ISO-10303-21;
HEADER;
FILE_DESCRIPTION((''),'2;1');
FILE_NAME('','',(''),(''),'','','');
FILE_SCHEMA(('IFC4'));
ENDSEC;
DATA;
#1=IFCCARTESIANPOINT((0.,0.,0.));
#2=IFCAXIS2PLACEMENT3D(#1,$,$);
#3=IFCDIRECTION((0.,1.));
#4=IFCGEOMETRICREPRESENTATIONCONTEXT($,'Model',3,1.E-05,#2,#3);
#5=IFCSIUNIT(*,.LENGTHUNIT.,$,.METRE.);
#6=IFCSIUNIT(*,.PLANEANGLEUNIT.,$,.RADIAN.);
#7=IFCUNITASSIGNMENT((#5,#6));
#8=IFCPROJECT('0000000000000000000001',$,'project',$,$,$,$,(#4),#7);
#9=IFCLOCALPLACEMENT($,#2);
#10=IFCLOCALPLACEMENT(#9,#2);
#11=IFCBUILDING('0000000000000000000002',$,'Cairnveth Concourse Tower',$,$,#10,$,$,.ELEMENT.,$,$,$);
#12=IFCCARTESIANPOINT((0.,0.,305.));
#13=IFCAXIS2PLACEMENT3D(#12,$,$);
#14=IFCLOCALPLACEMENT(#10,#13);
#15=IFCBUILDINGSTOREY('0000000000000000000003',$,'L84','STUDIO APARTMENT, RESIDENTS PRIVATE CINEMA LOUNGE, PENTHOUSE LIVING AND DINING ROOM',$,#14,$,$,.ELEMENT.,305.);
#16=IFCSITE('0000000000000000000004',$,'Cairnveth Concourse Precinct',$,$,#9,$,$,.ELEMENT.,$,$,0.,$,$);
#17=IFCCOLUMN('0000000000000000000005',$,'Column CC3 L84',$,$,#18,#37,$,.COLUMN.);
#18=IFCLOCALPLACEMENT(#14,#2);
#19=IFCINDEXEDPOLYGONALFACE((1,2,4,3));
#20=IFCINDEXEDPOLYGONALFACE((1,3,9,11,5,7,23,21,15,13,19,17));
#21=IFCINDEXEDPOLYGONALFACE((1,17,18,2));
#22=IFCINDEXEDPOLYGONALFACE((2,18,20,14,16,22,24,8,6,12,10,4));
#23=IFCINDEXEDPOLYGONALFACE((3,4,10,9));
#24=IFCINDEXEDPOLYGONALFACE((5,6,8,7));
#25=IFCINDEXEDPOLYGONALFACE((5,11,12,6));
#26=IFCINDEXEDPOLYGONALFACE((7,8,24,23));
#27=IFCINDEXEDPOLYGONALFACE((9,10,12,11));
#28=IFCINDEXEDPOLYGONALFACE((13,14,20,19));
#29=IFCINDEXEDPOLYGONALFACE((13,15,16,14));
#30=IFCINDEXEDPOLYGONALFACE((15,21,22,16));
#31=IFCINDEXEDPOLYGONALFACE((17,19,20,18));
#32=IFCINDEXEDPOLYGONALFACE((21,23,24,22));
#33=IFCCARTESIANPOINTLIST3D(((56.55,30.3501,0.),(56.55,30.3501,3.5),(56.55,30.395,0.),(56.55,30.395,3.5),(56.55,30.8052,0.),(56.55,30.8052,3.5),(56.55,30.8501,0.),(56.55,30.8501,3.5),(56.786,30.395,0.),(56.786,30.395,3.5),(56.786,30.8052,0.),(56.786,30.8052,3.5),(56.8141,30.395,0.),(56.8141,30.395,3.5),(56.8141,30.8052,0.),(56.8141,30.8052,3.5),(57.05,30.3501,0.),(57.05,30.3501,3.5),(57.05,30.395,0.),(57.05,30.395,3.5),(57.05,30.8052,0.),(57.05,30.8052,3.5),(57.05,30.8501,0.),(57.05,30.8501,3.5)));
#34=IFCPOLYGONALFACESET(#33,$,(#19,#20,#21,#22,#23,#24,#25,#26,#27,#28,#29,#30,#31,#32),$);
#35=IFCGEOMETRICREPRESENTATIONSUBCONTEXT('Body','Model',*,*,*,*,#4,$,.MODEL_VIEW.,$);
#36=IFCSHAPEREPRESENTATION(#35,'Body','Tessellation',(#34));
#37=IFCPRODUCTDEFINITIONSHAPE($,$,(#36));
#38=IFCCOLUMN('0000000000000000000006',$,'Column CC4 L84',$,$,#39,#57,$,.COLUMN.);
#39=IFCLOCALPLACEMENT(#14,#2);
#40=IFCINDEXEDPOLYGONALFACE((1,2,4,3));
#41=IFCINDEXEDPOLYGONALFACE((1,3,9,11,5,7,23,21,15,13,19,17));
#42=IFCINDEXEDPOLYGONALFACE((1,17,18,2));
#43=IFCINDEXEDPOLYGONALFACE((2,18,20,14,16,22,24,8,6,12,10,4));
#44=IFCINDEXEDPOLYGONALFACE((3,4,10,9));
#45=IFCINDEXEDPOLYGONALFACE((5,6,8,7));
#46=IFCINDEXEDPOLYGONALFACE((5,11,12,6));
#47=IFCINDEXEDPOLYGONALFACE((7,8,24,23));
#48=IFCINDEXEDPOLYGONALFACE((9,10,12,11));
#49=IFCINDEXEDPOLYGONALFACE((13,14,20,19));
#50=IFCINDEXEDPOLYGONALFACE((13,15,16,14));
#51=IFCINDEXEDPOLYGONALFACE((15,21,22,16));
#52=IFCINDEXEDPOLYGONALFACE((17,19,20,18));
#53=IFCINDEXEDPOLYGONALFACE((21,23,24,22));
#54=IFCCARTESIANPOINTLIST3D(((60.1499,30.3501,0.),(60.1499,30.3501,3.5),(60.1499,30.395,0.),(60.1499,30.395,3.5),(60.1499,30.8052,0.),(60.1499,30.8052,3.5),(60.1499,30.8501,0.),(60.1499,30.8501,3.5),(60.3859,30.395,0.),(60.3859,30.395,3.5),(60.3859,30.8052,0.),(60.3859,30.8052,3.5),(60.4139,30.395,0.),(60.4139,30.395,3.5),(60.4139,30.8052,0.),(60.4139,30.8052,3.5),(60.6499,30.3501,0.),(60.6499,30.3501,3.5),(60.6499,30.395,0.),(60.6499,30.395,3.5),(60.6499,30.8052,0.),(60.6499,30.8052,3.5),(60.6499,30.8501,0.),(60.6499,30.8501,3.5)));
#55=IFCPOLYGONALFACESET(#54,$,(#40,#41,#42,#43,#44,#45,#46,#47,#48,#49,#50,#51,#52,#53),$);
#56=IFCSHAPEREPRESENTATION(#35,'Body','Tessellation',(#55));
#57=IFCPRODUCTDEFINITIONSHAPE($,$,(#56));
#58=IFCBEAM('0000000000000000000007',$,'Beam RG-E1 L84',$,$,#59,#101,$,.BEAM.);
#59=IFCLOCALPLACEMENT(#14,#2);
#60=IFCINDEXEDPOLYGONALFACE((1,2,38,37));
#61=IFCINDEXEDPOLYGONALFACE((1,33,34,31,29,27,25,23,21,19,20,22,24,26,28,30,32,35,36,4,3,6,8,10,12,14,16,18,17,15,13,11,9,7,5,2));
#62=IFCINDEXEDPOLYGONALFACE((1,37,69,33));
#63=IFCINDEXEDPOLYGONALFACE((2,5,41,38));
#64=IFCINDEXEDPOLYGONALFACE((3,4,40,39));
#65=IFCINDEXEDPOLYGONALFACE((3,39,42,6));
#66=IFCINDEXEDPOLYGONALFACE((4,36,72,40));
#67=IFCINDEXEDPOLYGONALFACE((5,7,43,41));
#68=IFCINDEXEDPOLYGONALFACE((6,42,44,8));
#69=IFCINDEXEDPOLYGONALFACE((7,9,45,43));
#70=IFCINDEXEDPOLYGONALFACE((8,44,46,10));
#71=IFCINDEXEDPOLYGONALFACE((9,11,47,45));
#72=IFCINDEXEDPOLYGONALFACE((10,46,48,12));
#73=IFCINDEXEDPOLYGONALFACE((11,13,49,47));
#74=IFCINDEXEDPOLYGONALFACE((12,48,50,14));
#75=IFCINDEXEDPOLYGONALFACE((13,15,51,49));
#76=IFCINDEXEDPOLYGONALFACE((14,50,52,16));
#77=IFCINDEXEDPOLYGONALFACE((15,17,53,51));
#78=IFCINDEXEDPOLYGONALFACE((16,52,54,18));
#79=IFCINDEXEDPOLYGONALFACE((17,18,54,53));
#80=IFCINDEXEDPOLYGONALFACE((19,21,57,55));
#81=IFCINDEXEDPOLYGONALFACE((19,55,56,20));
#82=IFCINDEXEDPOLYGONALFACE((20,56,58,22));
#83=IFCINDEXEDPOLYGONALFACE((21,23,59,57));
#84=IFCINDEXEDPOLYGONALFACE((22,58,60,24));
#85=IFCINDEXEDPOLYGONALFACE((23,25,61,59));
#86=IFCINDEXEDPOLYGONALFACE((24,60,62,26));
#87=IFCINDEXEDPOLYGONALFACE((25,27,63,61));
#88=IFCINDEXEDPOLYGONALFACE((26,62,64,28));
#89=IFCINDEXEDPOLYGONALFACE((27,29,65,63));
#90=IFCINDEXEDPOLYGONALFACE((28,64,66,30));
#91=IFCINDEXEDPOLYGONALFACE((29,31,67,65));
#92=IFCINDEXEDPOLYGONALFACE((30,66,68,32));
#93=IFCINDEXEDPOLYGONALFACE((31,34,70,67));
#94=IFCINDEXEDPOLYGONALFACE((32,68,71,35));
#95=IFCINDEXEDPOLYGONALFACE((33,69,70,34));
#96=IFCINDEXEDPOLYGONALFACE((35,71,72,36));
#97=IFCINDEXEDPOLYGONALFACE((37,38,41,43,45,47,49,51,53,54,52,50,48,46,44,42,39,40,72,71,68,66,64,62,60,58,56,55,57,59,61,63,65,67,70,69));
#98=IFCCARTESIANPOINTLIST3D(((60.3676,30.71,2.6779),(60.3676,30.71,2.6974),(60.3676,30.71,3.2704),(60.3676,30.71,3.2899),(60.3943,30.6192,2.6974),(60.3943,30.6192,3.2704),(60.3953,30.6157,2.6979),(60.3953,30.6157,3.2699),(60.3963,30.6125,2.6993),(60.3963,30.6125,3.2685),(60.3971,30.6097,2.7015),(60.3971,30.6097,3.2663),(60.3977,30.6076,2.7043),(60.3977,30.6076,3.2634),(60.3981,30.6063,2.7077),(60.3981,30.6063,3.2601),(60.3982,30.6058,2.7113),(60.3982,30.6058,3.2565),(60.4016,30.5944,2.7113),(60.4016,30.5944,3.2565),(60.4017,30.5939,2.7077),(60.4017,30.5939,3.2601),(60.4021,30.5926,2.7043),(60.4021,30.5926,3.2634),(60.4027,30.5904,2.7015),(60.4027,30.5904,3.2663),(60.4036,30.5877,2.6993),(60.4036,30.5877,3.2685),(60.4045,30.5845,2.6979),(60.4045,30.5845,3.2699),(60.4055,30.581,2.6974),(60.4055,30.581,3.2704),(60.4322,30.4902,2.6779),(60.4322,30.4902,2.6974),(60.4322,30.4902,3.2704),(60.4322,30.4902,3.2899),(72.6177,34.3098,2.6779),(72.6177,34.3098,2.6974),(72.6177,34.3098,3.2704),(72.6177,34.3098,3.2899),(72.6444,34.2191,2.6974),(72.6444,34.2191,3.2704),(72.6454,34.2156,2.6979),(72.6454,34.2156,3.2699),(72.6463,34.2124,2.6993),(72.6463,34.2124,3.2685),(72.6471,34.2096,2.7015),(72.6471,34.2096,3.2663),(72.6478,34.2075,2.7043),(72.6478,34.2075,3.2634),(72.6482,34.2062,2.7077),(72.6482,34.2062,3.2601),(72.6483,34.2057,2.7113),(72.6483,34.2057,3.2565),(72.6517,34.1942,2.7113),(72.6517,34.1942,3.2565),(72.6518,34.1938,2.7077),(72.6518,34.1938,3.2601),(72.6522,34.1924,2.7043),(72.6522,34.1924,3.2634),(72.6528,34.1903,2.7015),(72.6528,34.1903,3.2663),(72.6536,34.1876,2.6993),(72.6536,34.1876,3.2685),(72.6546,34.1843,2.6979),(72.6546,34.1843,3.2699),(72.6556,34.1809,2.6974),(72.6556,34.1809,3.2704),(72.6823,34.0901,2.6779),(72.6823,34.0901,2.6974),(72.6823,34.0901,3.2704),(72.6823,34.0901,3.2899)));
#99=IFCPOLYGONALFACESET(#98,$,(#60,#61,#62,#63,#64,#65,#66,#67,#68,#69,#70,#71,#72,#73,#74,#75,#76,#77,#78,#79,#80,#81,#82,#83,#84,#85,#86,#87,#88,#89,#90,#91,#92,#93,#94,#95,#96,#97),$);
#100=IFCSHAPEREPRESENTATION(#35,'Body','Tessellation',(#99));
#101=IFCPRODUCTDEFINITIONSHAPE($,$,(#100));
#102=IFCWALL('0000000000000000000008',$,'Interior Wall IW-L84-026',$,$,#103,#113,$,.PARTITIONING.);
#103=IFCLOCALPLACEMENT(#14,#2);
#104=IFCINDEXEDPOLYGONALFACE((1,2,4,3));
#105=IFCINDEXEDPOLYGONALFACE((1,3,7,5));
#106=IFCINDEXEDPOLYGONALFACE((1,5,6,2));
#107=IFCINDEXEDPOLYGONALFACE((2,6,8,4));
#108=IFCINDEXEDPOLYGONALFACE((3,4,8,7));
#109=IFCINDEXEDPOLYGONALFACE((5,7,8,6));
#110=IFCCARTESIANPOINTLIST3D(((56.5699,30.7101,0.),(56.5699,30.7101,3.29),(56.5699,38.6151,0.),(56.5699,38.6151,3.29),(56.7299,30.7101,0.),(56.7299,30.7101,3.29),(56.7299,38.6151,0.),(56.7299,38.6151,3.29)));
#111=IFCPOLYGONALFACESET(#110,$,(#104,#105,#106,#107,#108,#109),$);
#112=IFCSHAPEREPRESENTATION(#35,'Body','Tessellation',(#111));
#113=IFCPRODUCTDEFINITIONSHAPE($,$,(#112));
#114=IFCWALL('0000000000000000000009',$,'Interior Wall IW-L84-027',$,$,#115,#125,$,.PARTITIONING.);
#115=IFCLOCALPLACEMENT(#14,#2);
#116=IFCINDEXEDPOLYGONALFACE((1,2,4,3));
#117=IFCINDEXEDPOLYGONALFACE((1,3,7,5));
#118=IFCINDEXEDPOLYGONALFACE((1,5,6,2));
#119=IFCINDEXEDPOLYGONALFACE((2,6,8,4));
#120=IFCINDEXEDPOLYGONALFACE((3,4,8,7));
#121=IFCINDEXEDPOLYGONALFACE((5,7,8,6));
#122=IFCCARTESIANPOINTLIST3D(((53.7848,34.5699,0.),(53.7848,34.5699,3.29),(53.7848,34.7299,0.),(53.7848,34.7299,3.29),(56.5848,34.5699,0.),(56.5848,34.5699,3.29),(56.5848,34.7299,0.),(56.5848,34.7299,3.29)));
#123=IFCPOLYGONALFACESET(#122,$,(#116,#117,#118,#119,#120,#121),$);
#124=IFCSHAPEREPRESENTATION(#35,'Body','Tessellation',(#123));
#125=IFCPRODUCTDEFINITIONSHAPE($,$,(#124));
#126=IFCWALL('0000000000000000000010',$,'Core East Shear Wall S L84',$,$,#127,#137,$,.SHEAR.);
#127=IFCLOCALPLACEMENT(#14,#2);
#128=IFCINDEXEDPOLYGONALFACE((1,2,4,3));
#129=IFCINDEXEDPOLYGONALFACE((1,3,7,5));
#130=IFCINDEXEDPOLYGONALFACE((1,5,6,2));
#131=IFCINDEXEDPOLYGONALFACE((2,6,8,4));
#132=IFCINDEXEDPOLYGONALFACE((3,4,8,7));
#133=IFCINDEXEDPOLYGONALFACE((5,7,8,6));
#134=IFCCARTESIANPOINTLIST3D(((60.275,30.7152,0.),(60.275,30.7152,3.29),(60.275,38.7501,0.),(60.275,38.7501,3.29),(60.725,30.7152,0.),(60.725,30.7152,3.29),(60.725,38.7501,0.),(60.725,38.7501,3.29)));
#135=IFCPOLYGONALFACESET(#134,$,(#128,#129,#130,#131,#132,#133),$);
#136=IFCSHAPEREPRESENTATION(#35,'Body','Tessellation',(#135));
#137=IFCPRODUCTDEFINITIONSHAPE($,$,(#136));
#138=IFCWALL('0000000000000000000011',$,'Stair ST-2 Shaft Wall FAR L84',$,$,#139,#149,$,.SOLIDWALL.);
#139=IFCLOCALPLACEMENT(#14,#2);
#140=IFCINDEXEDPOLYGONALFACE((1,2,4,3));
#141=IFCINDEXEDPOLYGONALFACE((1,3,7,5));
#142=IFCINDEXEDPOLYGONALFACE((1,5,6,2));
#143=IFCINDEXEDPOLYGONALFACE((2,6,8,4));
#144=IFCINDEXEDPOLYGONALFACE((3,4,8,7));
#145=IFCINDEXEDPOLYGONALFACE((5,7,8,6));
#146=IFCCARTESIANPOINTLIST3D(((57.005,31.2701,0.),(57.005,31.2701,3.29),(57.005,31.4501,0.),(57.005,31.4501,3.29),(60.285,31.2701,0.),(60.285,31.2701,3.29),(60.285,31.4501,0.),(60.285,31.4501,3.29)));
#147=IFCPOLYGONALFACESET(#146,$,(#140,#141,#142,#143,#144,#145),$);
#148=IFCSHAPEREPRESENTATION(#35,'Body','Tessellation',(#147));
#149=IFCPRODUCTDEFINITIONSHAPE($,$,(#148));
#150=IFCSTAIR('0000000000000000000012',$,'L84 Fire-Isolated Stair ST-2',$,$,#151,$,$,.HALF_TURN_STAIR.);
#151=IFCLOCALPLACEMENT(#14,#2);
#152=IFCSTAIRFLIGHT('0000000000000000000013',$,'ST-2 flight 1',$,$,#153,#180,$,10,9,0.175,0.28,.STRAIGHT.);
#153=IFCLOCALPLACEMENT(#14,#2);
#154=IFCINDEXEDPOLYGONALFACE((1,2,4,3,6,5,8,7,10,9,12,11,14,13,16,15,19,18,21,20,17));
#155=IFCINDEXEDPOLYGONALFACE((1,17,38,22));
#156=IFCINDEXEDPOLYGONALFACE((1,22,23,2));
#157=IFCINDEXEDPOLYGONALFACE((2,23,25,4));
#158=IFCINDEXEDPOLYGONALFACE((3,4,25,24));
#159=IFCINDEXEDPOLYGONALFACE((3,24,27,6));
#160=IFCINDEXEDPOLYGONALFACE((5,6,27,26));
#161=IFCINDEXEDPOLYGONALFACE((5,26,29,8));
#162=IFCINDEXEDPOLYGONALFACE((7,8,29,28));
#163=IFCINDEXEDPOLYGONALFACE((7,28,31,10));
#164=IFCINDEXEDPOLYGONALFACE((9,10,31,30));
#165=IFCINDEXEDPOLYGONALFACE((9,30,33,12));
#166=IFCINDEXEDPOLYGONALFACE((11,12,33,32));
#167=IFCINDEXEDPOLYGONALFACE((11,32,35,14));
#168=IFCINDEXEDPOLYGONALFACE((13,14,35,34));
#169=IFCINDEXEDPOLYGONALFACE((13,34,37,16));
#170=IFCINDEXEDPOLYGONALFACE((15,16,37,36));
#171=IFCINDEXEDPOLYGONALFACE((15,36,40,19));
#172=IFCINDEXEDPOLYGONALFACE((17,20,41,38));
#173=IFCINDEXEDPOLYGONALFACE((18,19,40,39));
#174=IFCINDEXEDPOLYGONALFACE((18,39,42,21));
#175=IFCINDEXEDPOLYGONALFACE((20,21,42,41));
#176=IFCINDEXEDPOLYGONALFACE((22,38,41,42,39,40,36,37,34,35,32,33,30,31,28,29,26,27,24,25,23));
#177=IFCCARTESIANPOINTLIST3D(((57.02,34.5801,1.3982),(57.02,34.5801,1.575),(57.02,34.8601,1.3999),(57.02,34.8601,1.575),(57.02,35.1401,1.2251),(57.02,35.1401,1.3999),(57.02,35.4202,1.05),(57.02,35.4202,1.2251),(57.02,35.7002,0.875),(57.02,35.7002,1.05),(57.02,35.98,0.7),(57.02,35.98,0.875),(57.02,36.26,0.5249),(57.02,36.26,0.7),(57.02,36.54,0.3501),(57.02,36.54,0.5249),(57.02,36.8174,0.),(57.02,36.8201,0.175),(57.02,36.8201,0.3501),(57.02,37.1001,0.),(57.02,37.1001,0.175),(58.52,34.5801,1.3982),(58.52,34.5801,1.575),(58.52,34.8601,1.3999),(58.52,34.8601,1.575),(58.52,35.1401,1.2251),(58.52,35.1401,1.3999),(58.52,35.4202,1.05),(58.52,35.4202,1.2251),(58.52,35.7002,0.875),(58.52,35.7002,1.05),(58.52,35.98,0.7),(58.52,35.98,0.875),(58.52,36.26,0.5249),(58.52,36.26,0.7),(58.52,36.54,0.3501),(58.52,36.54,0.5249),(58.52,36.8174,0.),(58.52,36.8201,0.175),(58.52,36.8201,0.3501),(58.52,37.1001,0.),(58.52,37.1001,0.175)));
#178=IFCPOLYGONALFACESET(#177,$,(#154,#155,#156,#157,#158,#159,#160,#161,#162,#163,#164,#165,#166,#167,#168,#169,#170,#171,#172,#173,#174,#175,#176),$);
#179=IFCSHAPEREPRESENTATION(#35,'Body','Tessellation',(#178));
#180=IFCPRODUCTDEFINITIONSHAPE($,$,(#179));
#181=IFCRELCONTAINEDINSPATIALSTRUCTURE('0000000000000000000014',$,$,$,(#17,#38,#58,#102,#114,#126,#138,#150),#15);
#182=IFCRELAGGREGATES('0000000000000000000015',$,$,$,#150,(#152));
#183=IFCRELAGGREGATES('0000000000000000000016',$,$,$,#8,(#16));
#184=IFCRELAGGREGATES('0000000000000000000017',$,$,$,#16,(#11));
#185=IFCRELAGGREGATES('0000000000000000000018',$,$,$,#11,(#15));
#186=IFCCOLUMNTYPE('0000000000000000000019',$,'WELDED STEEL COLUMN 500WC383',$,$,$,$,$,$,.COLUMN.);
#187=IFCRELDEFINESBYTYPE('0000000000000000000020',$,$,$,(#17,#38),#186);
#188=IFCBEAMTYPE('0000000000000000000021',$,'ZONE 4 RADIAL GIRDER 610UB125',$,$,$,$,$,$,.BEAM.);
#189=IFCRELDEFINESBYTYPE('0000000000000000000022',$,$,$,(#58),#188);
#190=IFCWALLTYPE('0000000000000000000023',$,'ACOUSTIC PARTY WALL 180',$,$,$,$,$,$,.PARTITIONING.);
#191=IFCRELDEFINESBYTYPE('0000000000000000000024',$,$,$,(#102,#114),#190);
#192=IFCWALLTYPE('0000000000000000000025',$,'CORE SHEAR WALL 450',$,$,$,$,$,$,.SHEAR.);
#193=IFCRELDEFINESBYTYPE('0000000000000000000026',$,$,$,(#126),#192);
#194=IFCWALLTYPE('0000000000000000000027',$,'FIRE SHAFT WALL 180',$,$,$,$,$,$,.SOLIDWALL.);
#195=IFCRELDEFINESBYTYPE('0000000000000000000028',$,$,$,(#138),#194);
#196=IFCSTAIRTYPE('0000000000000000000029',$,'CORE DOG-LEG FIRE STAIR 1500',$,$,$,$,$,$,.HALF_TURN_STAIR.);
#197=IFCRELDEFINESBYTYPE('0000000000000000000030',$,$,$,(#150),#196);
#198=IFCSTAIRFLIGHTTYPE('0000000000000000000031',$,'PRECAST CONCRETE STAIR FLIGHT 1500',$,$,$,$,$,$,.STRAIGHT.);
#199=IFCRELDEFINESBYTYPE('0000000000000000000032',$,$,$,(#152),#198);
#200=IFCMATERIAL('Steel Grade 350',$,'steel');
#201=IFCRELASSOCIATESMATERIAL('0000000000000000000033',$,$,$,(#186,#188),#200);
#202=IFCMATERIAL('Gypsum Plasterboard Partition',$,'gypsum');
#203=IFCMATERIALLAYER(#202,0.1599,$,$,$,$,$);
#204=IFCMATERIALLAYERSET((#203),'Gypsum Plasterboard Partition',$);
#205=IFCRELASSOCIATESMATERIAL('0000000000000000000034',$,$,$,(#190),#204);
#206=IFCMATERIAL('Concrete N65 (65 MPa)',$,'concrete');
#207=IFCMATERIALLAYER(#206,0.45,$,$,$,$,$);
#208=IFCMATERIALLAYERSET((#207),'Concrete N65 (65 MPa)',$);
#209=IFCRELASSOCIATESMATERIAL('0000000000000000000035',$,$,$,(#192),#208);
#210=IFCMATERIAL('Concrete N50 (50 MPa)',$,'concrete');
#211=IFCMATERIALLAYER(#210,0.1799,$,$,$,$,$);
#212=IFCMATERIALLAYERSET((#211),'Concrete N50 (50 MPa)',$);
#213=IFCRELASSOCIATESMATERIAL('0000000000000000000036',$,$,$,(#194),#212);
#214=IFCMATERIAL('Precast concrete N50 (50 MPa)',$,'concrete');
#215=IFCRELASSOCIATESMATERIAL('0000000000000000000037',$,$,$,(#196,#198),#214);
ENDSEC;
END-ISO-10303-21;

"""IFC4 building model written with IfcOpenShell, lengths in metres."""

from ifc_helpers import new_model, si_unit, direction, frame, frame_2d, origin, origin_2d, place, context, subcontext, project, spatial, polyline, rectangle, i_section, outline, extrude, material, layer, layer_set, material_profile, profile_set, type_object, element, aggregate, save


model = new_model("IFC4")

# Units and contexts
model_context = context("Model", 3, precision=1e-05, world=origin(), true_north=direction((0.0, 1.0)))
body_context = subcontext(model_context, "Body", "Model", "MODEL_VIEW")
ifc_project = project(units=[si_unit("LENGTHUNIT", "METRE"), si_unit("PLANEANGLEUNIT", "RADIAN")], contexts=[model_context])

# Site, building, storey
site_placement = place(None, origin())
site = spatial("IfcSite", under=ifc_project, at=site_placement, Name="Cairnveth Concourse Precinct", CompositionType="ELEMENT", RefElevation=0.0)
building_placement = place(site_placement, origin())
building = spatial("IfcBuilding", under=site, at=building_placement, Name="Cairnveth Concourse Tower", CompositionType="ELEMENT")
storey_placement = place(building_placement, frame((0.0, 0.0, 305.0)))
storey = spatial("IfcBuildingStorey", under=building, at=storey_placement, Name="L84", Description="STUDIO APARTMENT, RESIDENTS PRIVATE CINEMA LOUNGE, PENTHOUSE LIVING AND DINING ROOM", CompositionType="ELEMENT", Elevation=305.0)

# Columns
ifc_material_1 = material(Name="Steel Grade 350", Category="steel")
ifc_material_profile_1 = material_profile(ifc_material_1, i_section(OverallWidth=0.5, OverallDepth=0.5, WebThickness=0.0281, FlangeThickness=0.0449, at=origin_2d()), Name="500WC383")
ifc_profile_set_1 = profile_set([ifc_material_profile_1], Name="Steel Grade 350")
column_type = type_object("IfcColumnType", Name="WELDED STEEL COLUMN 500WC383", PredefinedType="COLUMN", material=ifc_profile_set_1)
for number, where, z_axis, x_axis, name in (
    (1, (56.8, 30.6001, 0.0), (0.0, 0.0, 1.0), (1.0, 0.0, 0.0), "Column CC3 L84"),
    (2, (60.3999, 30.6001, 0.0), (0.0, 0.0, 1.0), (1.0, 0.0, 0.0), "Column CC4 L84"),
):
    element("IfcColumn", number, at=place(storey_placement, frame(where, z_axis=z_axis, x_axis=x_axis)), inside=storey, type_object=column_type, Name=name, PredefinedType="COLUMN", context=body_context, shape_type="SweptSolid", body=[
        extrude(i_section(OverallWidth=0.5, OverallDepth=0.5, WebThickness=0.0281, FlangeThickness=0.0449, at=origin_2d()), origin(), (0.0, 0.0, 1.0), 3.5),
    ])

# Beam
ifc_material_profile_2 = material_profile(ifc_material_1, i_section(OverallWidth=0.229, OverallDepth=0.6121, WebThickness=0.012, FlangeThickness=0.0195, FilletRadius=0.0139, at=origin_2d()), Name="610UB125")
ifc_profile_set_2 = profile_set([ifc_material_profile_2], Name="Steel Grade 350")
beam_type = type_object("IfcBeamType", Name="ZONE 4 RADIAL GIRDER 610UB125", PredefinedType="BEAM", material=ifc_profile_set_2)
beam_placement = place(storey_placement, frame((60.3999, 30.6001, 2.9839), z_axis=(0.959431, 0.281944, 0.0), x_axis=(-0.281944, 0.959431, 0.0)))
element("IfcBeam", 3, at=beam_placement, inside=storey, type_object=beam_type, Name="Beam RG-E1 L84", PredefinedType="BEAM", context=body_context, shape_type="SweptSolid", body=[
    extrude(i_section(OverallWidth=0.229, OverallDepth=0.6121, WebThickness=0.012, FlangeThickness=0.0195, FilletRadius=0.0139, at=origin_2d()), origin(), (0.0, 0.0, 1.0), 12.7681),
])

# Walls
ifc_material_2 = material(Name="Gypsum Plasterboard Partition", Category="gypsum")
ifc_layer_1 = layer(ifc_material_2, 0.1599)
ifc_layer_set_1 = layer_set([ifc_layer_1], Name="Gypsum Plasterboard Partition")
wall_type_1 = type_object("IfcWallType", Name="ACOUSTIC PARTY WALL 180", PredefinedType="PARTITIONING", material=ifc_layer_set_1)
wall_1_placement = place(storey_placement, frame((56.6499, 30.71, 0.0), z_axis=(0.0, 0.0, 1.0), x_axis=(0.0, 1.0, 0.0)))
element("IfcWall", 4, at=wall_1_placement, inside=storey, type_object=wall_type_1, Name="Interior Wall IW-L84-026", PredefinedType="PARTITIONING", context=body_context, shape_type="SweptSolid", body=[
    extrude(rectangle(XDim=7.905, YDim=0.1599, at=frame_2d((3.9526, 0.0))), origin(), (0.0, 0.0, 1.0), 3.29),
])
wall_2_placement = place(storey_placement, frame((53.7849, 34.6499, 0.0), z_axis=(0.0, 0.0, 1.0), x_axis=(1.0, 0.0, 0.0)))
element("IfcWall", 5, at=wall_2_placement, inside=storey, type_object=wall_type_1, Name="Interior Wall IW-L84-027", PredefinedType="PARTITIONING", context=body_context, shape_type="SweptSolid", body=[
    extrude(rectangle(XDim=2.8, YDim=0.1599, at=frame_2d((1.3999, 0.0))), origin(), (0.0, 0.0, 1.0), 3.29),
])
ifc_material_3 = material(Name="Concrete N65 (65 MPa)", Category="concrete")
ifc_layer_2 = layer(ifc_material_3, 0.45)
ifc_layer_set_2 = layer_set([ifc_layer_2], Name="Concrete N65 (65 MPa)")
wall_type_2 = type_object("IfcWallType", Name="CORE SHEAR WALL 450", PredefinedType="SHEAR", material=ifc_layer_set_2)
wall_3_placement = place(storey_placement, frame((60.5, 30.7151, 0.0), z_axis=(0.0, 0.0, 1.0), x_axis=(0.0, 1.0, 0.0)))
element("IfcWall", 6, at=wall_3_placement, inside=storey, type_object=wall_type_2, Name="Core East Shear Wall S L84", PredefinedType="SHEAR", context=body_context, shape_type="SweptSolid", body=[
    extrude(rectangle(XDim=8.0349, YDim=0.45, at=frame_2d((4.0176, 0.0))), origin(), (0.0, 0.0, 1.0), 3.29),
])
ifc_material_4 = material(Name="Concrete N50 (50 MPa)", Category="concrete")
ifc_layer_3 = layer(ifc_material_4, 0.1799)
ifc_layer_set_3 = layer_set([ifc_layer_3], Name="Concrete N50 (50 MPa)")
wall_type_3 = type_object("IfcWallType", Name="FIRE SHAFT WALL 180", PredefinedType="SOLIDWALL", material=ifc_layer_set_3)
wall_4_placement = place(storey_placement, frame((57.0049, 31.3601, 0.0), z_axis=(0.0, 0.0, 1.0), x_axis=(1.0, 0.0, 0.0)))
element("IfcWall", 7, at=wall_4_placement, inside=storey, type_object=wall_type_3, Name="Stair ST-2 Shaft Wall FAR L84", PredefinedType="SOLIDWALL", context=body_context, shape_type="SweptSolid", body=[
    extrude(rectangle(XDim=3.28, YDim=0.1799, at=frame_2d((1.6401, 0.0))), origin(), (0.0, 0.0, 1.0), 3.29),
])

# Stair, stair flight
ifc_material_5 = material(Name="Precast concrete N50 (50 MPa)", Category="concrete")
stair_type = type_object("IfcStairType", Name="CORE DOG-LEG FIRE STAIR 1500", PredefinedType="HALF_TURN_STAIR", material=ifc_material_5)
stair_placement = place(storey_placement, origin())
stair = element("IfcStair", 8, at=stair_placement, inside=storey, type_object=stair_type, Name="L84 Fire-Isolated Stair ST-2", PredefinedType="HALF_TURN_STAIR")
stair_flight_type = type_object("IfcStairFlightType", Name="PRECAST CONCRETE STAIR FLIGHT 1500", PredefinedType="STRAIGHT", material=ifc_material_5)
stair_flight_1_placement = place(storey_placement, frame((57.77, 37.1001, 0.0), z_axis=(0.0, 0.0, 1.0), x_axis=(0.0, -1.0, 0.0)))
stair_flight_1 = element("IfcStairFlight", 9, at=stair_flight_1_placement, type_object=stair_flight_type, Name="ST-2 flight 1", NumberOfRisers=10, NumberOfTreads=9, PredefinedType="STRAIGHT", RiserHeight=0.175, TreadLength=0.28, context=body_context, shape_type="SweptSolid", body=[
    extrude(outline(polyline([(0.0, 0.0), (0.0, 0.175), (0.28, 0.175), (0.28, 0.3501), (0.5601, 0.3501), (0.5601, 0.5249), (0.8401, 0.5249), (0.8401, 0.7), (1.1201, 0.7), (1.1201, 0.875), (1.3999, 0.875), (1.3999, 1.05), (1.6799, 1.05), (1.6799, 1.2251), (1.96, 1.2251), (1.96, 1.3999), (2.24, 1.3999), (2.24, 1.575), (2.52, 1.575), (2.52, 1.75), (2.52, 1.3982), (0.2827, 0.0), (0.0, 0.0)])), frame((0.0, 0.75, 0.0), z_axis=(0.0, -1.0, 0.0), x_axis=(1.0, 0.0, 0.0)), (0.0, 0.0, 1.0), 1.5),
])
aggregate(stair, [stair_flight_1])

save(model, "model.ifc")
